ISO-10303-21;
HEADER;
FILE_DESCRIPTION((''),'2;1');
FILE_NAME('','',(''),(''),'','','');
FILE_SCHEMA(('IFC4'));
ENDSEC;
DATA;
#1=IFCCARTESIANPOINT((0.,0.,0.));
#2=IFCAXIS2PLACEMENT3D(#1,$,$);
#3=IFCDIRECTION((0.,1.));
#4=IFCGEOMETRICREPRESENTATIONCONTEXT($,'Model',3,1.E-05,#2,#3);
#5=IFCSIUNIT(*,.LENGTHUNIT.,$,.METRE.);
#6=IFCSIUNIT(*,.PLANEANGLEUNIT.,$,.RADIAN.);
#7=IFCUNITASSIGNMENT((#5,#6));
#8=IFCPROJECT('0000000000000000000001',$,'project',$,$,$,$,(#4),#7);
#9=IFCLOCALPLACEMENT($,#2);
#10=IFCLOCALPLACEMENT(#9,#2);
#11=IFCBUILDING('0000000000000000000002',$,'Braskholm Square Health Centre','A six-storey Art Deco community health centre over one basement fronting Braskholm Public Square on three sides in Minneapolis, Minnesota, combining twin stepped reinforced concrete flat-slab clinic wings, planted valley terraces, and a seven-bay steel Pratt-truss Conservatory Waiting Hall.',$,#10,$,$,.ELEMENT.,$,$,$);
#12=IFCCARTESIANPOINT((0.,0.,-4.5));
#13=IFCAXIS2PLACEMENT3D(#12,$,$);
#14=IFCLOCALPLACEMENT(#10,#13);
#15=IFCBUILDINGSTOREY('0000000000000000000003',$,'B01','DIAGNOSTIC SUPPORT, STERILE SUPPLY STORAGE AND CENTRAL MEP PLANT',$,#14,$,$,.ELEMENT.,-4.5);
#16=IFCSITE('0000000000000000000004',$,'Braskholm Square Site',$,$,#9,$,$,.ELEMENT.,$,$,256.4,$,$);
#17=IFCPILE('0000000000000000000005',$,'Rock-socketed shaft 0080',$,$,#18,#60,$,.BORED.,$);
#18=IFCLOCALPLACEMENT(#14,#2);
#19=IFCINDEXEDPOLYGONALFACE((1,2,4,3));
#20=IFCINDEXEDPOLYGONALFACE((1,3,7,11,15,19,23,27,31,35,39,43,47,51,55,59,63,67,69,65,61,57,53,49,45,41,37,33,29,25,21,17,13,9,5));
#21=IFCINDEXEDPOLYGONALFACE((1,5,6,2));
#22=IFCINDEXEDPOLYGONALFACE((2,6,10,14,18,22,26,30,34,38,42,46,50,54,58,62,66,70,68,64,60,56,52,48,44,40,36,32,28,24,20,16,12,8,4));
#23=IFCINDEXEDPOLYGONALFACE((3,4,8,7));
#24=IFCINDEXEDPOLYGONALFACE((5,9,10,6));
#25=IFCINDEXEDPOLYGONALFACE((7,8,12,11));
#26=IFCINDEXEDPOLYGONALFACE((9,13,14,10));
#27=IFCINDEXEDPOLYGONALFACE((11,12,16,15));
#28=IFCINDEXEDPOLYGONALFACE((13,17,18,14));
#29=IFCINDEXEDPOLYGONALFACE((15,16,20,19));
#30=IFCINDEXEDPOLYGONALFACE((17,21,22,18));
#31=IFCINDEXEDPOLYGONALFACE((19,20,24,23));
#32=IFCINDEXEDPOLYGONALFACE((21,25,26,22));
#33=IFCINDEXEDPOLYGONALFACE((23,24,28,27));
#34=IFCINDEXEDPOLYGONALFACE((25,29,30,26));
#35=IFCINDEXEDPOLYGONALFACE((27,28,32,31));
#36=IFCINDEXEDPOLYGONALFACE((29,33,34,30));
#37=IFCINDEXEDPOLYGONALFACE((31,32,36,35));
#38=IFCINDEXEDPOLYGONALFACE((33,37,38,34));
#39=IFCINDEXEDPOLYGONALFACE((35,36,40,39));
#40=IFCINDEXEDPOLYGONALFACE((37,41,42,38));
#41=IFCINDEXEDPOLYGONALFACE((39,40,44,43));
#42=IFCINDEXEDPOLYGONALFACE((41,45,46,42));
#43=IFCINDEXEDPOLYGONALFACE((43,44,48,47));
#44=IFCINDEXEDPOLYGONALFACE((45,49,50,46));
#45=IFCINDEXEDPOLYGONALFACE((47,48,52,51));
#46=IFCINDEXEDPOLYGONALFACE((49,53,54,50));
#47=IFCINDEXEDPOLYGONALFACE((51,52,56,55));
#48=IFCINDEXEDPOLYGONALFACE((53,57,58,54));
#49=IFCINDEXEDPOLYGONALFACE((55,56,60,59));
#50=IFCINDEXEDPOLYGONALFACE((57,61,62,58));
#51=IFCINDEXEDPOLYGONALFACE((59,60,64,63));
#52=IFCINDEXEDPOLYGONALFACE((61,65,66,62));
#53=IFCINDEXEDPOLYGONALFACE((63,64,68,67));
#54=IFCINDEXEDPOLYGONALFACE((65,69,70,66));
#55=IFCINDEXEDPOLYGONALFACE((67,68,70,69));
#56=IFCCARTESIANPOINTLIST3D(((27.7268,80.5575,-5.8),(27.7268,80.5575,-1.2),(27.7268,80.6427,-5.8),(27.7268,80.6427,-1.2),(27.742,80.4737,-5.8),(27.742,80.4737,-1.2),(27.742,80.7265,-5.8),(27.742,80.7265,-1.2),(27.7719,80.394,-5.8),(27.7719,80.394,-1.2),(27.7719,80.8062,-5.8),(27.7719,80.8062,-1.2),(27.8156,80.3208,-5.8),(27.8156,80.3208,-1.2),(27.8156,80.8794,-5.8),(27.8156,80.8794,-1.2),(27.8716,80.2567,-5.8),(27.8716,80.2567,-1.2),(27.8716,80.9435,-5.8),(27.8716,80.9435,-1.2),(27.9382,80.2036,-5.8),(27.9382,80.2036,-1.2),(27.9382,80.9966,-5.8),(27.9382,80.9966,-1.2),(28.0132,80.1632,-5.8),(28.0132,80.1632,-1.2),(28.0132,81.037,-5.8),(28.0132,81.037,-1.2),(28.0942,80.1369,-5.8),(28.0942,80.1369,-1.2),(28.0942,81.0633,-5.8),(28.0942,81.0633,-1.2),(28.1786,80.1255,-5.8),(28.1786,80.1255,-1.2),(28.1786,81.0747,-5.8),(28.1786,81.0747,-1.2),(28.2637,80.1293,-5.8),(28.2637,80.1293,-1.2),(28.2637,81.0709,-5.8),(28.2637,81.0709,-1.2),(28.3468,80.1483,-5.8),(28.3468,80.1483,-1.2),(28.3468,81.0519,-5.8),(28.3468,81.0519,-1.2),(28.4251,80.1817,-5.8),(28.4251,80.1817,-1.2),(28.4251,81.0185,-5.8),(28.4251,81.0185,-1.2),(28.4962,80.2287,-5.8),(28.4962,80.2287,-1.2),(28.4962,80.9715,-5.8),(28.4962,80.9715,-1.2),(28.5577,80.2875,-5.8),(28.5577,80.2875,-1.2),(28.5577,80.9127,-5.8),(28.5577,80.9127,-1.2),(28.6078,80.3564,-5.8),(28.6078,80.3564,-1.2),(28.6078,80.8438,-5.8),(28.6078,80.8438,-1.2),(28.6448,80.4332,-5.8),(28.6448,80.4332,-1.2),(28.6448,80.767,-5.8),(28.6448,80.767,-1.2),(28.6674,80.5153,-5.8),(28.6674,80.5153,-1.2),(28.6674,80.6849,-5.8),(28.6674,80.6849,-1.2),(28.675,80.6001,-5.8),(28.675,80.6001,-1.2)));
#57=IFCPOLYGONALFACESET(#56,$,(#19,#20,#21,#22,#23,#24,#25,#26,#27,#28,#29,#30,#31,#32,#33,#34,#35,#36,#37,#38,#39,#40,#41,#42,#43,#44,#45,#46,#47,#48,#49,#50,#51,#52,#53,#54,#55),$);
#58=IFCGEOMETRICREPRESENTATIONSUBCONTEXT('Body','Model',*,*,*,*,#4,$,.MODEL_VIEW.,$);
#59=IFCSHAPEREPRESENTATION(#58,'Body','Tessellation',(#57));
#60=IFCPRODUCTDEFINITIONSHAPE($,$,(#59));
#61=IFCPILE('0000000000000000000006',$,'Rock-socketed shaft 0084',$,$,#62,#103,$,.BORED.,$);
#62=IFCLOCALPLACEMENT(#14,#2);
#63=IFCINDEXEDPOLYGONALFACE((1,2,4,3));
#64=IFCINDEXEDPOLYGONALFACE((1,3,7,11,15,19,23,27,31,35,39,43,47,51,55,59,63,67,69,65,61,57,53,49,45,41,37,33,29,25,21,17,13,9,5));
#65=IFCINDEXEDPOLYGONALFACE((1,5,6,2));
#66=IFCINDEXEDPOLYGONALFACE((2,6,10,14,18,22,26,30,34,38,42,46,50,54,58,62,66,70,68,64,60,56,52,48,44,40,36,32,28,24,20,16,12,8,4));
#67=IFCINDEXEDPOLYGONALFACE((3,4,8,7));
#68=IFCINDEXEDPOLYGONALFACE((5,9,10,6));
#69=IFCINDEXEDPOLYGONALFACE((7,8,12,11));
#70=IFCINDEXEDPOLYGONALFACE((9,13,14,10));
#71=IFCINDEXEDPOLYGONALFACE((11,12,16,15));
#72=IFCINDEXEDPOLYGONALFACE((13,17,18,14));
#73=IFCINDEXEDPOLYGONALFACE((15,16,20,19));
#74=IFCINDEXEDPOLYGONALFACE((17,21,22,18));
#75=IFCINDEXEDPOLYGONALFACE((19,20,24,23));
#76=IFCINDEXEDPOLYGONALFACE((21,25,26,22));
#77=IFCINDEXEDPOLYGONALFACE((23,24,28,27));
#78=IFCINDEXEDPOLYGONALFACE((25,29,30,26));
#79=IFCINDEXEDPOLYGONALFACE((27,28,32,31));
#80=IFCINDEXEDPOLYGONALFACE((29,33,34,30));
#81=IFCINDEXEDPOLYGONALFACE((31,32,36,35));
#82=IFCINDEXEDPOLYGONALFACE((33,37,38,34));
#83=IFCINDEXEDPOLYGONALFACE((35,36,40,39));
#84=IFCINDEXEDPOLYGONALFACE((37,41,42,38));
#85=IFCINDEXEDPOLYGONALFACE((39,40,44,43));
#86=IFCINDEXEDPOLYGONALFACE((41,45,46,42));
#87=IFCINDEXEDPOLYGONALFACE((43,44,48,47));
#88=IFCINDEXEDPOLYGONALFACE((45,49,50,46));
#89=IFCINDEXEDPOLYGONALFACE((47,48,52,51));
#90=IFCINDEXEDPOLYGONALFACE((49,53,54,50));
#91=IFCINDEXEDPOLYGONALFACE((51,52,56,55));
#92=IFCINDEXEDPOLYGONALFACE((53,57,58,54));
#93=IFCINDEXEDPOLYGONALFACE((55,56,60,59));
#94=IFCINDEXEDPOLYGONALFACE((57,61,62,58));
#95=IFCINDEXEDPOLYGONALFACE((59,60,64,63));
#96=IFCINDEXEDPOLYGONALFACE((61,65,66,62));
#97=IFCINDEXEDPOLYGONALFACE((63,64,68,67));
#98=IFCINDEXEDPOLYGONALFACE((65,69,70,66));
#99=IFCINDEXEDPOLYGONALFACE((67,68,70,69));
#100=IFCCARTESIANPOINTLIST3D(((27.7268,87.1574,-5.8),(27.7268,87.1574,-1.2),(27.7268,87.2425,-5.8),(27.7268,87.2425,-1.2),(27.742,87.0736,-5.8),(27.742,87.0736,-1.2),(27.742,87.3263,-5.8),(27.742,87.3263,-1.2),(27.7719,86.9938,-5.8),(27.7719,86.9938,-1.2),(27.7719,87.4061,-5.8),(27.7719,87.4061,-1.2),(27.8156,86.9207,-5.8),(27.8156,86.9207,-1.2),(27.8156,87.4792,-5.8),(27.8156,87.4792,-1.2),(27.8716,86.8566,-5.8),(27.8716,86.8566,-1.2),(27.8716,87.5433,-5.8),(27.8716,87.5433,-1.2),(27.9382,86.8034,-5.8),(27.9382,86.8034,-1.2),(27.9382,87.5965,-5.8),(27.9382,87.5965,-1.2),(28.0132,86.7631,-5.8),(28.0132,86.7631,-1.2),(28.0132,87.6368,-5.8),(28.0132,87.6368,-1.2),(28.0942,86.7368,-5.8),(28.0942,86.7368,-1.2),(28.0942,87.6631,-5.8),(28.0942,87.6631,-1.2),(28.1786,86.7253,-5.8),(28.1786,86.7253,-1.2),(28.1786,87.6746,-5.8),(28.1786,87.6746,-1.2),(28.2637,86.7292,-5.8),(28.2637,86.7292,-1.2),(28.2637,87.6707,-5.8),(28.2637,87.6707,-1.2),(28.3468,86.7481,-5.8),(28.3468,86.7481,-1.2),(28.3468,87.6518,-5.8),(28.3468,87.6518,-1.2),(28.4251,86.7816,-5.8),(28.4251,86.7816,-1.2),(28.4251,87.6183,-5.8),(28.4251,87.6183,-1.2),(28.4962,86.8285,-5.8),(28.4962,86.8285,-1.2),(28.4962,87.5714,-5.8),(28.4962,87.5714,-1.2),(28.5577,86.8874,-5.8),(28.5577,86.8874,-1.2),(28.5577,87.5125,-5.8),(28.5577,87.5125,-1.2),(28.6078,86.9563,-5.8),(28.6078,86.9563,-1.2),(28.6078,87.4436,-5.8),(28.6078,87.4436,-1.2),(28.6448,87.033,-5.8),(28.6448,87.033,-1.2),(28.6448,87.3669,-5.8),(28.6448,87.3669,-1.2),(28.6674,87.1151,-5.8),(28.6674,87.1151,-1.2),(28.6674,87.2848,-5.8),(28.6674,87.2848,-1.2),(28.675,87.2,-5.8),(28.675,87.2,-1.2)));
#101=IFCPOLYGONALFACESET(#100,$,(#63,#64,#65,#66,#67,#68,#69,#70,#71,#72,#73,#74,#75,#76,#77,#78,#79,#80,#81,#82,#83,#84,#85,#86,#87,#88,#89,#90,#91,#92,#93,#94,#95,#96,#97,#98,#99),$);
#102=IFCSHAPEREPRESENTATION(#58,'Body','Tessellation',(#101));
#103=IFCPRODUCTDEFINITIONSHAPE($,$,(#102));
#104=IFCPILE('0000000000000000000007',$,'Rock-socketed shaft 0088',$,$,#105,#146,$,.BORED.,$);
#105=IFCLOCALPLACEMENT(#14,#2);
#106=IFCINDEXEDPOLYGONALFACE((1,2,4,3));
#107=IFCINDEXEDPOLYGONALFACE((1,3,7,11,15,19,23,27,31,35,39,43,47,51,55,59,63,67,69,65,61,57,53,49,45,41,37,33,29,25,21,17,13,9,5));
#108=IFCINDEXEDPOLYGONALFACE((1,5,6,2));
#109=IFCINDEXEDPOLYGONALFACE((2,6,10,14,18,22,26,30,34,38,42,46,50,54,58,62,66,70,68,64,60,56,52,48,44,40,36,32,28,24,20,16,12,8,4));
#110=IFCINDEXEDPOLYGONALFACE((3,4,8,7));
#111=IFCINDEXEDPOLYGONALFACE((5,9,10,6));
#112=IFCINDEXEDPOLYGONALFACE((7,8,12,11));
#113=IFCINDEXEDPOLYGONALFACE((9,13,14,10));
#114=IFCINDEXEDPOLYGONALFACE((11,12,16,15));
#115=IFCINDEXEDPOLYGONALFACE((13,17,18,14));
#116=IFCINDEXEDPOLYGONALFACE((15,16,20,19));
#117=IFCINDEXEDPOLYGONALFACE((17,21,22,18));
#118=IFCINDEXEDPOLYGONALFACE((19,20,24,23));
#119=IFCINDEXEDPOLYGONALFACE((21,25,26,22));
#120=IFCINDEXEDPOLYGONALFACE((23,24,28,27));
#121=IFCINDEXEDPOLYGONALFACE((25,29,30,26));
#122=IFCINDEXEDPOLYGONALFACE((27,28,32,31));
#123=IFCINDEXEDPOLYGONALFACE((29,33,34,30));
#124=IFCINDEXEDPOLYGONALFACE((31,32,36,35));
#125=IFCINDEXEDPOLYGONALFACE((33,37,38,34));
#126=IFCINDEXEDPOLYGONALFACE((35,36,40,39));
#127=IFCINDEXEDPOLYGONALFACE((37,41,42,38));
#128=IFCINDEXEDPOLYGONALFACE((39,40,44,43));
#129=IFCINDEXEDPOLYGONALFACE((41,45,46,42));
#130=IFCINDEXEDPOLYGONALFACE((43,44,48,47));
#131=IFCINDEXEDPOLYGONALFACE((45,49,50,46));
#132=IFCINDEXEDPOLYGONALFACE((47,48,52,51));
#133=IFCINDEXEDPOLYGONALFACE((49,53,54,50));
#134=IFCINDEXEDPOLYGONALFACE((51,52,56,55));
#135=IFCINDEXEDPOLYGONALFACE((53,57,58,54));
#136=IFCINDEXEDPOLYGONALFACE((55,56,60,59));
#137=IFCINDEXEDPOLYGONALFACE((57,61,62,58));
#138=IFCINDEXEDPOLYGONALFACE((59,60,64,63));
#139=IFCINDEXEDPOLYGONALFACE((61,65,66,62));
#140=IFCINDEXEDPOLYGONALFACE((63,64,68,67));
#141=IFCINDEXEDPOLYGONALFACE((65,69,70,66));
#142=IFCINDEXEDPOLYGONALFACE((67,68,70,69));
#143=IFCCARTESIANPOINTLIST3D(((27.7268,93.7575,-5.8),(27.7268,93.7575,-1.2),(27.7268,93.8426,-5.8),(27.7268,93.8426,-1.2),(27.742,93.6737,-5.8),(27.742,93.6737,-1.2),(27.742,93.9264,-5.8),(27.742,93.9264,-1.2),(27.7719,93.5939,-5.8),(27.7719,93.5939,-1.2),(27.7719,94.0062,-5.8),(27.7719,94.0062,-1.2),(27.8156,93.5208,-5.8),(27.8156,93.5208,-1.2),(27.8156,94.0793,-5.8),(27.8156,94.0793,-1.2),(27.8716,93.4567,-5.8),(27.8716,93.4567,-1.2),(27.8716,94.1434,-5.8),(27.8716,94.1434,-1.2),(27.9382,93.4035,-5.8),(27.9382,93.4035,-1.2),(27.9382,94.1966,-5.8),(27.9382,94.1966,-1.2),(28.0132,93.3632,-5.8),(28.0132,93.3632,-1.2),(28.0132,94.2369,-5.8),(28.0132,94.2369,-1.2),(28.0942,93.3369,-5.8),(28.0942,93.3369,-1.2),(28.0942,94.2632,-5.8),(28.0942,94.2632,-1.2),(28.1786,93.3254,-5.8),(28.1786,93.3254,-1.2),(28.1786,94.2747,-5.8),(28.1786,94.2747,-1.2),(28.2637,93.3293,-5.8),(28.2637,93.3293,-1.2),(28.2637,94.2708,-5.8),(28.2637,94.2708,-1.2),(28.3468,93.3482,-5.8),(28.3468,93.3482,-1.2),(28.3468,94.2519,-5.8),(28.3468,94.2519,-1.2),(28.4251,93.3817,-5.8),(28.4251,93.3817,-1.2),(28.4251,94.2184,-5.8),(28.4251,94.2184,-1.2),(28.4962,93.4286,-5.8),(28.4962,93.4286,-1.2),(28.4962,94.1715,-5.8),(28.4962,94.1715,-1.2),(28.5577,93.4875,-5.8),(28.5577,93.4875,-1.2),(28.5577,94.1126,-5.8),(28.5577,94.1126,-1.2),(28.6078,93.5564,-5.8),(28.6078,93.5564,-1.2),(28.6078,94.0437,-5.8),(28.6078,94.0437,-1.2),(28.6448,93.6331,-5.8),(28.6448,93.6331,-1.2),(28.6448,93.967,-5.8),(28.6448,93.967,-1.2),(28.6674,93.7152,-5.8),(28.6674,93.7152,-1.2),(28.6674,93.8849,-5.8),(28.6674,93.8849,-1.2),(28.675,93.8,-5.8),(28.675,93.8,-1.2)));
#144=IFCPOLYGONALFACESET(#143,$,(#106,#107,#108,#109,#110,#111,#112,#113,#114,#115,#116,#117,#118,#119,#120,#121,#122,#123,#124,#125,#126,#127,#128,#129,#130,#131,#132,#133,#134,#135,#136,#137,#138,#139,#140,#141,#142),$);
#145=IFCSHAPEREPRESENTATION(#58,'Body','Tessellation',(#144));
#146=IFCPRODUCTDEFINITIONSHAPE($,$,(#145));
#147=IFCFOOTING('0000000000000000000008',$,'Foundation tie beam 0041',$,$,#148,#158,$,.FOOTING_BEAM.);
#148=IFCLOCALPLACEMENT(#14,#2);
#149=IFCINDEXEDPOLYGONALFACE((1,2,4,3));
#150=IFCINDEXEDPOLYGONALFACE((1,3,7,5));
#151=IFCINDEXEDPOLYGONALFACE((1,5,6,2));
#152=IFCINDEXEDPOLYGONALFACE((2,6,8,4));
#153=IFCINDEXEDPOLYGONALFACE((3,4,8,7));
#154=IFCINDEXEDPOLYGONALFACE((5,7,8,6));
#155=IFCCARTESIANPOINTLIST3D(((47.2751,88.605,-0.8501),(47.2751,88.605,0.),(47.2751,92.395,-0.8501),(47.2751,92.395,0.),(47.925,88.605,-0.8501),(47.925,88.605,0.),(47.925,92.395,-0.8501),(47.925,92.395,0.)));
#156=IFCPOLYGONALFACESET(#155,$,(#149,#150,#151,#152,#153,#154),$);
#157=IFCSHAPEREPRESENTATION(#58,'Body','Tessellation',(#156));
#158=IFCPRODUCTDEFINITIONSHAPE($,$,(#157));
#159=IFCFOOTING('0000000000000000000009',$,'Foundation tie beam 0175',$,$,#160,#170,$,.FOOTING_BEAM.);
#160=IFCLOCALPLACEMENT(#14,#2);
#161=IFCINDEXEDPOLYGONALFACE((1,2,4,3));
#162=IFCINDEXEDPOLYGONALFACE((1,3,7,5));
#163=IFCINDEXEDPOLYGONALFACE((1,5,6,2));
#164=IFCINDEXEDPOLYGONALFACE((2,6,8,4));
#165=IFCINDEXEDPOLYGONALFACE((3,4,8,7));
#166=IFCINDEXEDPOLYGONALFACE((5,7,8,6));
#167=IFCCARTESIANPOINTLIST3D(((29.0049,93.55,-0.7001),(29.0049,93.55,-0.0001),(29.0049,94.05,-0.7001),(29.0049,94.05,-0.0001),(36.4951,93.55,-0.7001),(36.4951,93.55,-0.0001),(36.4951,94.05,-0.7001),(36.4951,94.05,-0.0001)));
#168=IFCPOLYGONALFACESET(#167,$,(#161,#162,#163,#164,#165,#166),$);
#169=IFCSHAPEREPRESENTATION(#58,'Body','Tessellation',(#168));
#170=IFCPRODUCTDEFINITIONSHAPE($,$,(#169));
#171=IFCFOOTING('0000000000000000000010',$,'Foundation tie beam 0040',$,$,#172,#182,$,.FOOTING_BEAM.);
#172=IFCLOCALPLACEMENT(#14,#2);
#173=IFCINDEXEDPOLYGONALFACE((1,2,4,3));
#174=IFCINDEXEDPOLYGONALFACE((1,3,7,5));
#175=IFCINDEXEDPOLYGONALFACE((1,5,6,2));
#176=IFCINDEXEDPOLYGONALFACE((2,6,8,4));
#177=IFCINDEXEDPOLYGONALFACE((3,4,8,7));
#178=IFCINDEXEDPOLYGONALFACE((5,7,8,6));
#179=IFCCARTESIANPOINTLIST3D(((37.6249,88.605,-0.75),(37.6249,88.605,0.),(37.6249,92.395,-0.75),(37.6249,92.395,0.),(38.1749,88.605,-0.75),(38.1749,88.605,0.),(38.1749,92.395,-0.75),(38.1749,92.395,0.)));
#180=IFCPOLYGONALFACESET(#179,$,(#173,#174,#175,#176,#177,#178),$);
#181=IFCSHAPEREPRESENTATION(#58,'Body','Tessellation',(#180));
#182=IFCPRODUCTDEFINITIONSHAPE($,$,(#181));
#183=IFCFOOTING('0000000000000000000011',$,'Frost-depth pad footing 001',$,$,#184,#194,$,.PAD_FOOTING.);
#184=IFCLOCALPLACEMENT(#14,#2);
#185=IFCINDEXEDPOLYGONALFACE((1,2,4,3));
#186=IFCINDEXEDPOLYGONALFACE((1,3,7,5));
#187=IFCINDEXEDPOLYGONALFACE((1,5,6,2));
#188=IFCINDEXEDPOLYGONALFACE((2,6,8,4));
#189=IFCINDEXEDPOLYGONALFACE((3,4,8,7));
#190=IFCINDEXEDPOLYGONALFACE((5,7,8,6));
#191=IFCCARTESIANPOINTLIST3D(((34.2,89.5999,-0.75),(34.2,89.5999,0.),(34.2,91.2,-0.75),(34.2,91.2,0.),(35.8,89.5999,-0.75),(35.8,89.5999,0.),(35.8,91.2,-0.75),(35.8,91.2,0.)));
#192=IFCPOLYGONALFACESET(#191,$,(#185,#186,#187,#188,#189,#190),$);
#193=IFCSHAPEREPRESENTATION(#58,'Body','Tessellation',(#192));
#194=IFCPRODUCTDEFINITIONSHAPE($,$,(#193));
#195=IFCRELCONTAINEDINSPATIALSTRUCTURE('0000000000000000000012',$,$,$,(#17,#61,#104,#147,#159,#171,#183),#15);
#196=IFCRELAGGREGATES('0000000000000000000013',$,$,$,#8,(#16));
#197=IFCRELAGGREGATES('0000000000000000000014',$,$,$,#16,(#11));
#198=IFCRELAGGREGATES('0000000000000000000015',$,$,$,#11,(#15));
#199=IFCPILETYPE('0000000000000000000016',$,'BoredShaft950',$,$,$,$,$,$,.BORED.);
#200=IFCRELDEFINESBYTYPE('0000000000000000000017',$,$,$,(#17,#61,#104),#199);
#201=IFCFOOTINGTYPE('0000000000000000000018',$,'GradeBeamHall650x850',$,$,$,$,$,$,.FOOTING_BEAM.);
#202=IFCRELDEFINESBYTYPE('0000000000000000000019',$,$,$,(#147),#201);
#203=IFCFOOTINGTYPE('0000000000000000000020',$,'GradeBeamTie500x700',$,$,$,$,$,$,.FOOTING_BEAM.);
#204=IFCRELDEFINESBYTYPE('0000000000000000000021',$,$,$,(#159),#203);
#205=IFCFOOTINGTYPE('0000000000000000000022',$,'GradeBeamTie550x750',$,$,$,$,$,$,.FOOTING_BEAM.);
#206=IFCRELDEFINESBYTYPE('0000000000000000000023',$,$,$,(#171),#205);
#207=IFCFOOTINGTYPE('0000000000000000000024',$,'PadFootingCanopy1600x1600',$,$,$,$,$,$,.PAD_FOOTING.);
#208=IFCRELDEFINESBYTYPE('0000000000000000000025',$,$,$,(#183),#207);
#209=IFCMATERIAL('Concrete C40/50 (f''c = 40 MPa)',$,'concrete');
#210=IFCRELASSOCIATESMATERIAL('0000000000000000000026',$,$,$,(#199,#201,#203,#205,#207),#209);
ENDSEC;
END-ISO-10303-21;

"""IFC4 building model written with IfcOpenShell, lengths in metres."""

from ifc_helpers import new_model, si_unit, direction, frame, origin, origin_2d, place, context, subcontext, project, spatial, rectangle, circle, extrude, material, material_profile, profile_set, type_object, element, save


model = new_model("IFC4")

# Units and contexts
model_context = context("Model", 3, precision=1e-05, world=origin(), true_north=direction((0.0, 1.0)))
body_context = subcontext(model_context, "Body", "Model", "MODEL_VIEW")
ifc_project = project(units=[si_unit("LENGTHUNIT", "METRE"), si_unit("PLANEANGLEUNIT", "RADIAN")], contexts=[model_context])

# Site, building, storey
site_placement = place(None, origin())
site = spatial("IfcSite", under=ifc_project, at=site_placement, Name="Braskholm Square Site", CompositionType="ELEMENT", RefElevation=256.4)
building_placement = place(site_placement, origin())
building = spatial("IfcBuilding", under=site, at=building_placement, Name="Braskholm Square Health Centre", Description="A six-storey Art Deco community health centre over one basement fronting Braskholm Public Square on three sides in Minneapolis, Minnesota, combining twin stepped reinforced concrete flat-slab clinic wings, planted valley terraces, and a seven-bay steel Pratt-truss Conservatory Waiting Hall.", CompositionType="ELEMENT")
storey_placement = place(building_placement, frame((0.0, 0.0, -4.5)))
storey = spatial("IfcBuildingStorey", under=building, at=storey_placement, Name="B01", Description="DIAGNOSTIC SUPPORT, STERILE SUPPLY STORAGE AND CENTRAL MEP PLANT", CompositionType="ELEMENT", Elevation=-4.5)

# Piles
ifc_material_1 = material(Name="Concrete C40/50 (f'c = 40 MPa)", Category="concrete")
ifc_material_profile_1 = material_profile(ifc_material_1, circle(Radius=0.4751, at=origin_2d()), Name="BORED-PILE-950")
ifc_profile_set_1 = profile_set([ifc_material_profile_1], Name="Concrete C40/50 (f'c = 40 MPa)")
pile_type_1 = type_object("IfcPileType", Name="BoredShaft950", PredefinedType="BORED", material=ifc_profile_set_1)
for number, where, z_axis, x_axis, name in (
    (1, (28.2, 80.6001, -1.2), (0.0, 0.0, -1.0), (1.0, 0.0, 0.0), "Rock-socketed shaft 0080"),
    (2, (28.2, 87.2, -1.2), (0.0, 0.0, -1.0), (1.0, 0.0, 0.0), "Rock-socketed shaft 0084"),
    (3, (28.2, 93.8, -1.2), (0.0, 0.0, -1.0), (1.0, 0.0, 0.0), "Rock-socketed shaft 0088"),
):
    element("IfcPile", number, at=place(storey_placement, frame(where, z_axis=z_axis, x_axis=x_axis)), inside=storey, type_object=pile_type_1, Name=name, PredefinedType="BORED", context=body_context, shape_type="SweptSolid", body=[
        extrude(circle(Radius=0.4751, at=origin_2d()), origin(), (0.0, 0.0, 1.0), 4.6001),
    ])

# Footings
ifc_material_profile_2 = material_profile(ifc_material_1, rectangle(XDim=0.6499, YDim=0.8501, at=origin_2d()), Name="FTG-650X850")
ifc_profile_set_2 = profile_set([ifc_material_profile_2], Name="Concrete C40/50 (f'c = 40 MPa)")
footing_type_1 = type_object("IfcFootingType", Name="GradeBeamHall650x850", PredefinedType="FOOTING_BEAM", material=ifc_profile_set_2)
footing_1_placement = place(storey_placement, frame((47.6001, 88.605, -0.425), z_axis=(0.0, 1.0, 0.0), x_axis=(-1.0, 0.0, 0.0)))
element("IfcFooting", 4, at=footing_1_placement, inside=storey, type_object=footing_type_1, Name="Foundation tie beam 0041", PredefinedType="FOOTING_BEAM", context=body_context, shape_type="SweptSolid", body=[
    extrude(rectangle(XDim=0.6499, YDim=0.8501, at=origin_2d()), origin(), (0.0, 0.0, 1.0), 3.79),
])
ifc_material_profile_3 = material_profile(ifc_material_1, rectangle(XDim=0.5, YDim=0.7, at=origin_2d()), Name="FTG-500X700")
ifc_profile_set_3 = profile_set([ifc_material_profile_3], Name="Concrete C40/50 (f'c = 40 MPa)")
footing_type_2 = type_object("IfcFootingType", Name="GradeBeamTie500x700", PredefinedType="FOOTING_BEAM", material=ifc_profile_set_3)
footing_2_placement = place(storey_placement, frame((29.0049, 93.8, -0.3501), z_axis=(1.0, 0.0, 0.0), x_axis=(0.0, 1.0, 0.0)))
element("IfcFooting", 5, at=footing_2_placement, inside=storey, type_object=footing_type_2, Name="Foundation tie beam 0175", PredefinedType="FOOTING_BEAM", context=body_context, shape_type="SweptSolid", body=[
    extrude(rectangle(XDim=0.5, YDim=0.7, at=origin_2d()), origin(), (0.0, 0.0, 1.0), 7.4902),
])
ifc_material_profile_4 = material_profile(ifc_material_1, rectangle(XDim=0.55, YDim=0.75, at=origin_2d()), Name="FTG-550X750")
ifc_profile_set_4 = profile_set([ifc_material_profile_4], Name="Concrete C40/50 (f'c = 40 MPa)")
footing_type_3 = type_object("IfcFootingType", Name="GradeBeamTie550x750", PredefinedType="FOOTING_BEAM", material=ifc_profile_set_4)
footing_3_placement = place(storey_placement, frame((37.8999, 88.605, -0.375), z_axis=(0.0, 1.0, 0.0), x_axis=(-1.0, 0.0, 0.0)))
element("IfcFooting", 6, at=footing_3_placement, inside=storey, type_object=footing_type_3, Name="Foundation tie beam 0040", PredefinedType="FOOTING_BEAM", context=body_context, shape_type="SweptSolid", body=[
    extrude(rectangle(XDim=0.55, YDim=0.75, at=origin_2d()), origin(), (0.0, 0.0, 1.0), 3.79),
])
footing_type_4 = type_object("IfcFootingType", Name="PadFootingCanopy1600x1600", PredefinedType="PAD_FOOTING", material=ifc_material_1)
footing_4_placement = place(storey_placement, frame((35.0, 90.3999, -0.75), z_axis=(0.0, 0.0, 1.0), x_axis=(1.0, 0.0, 0.0)))
element("IfcFooting", 7, at=footing_4_placement, inside=storey, type_object=footing_type_4, Name="Frost-depth pad footing 001", PredefinedType="PAD_FOOTING", context=body_context, shape_type="SweptSolid", body=[
    extrude(rectangle(XDim=1.6001, YDim=1.6001, at=origin_2d()), origin(), (0.0, 0.0, 1.0), 0.75),
])

save(model, "model.ifc")
